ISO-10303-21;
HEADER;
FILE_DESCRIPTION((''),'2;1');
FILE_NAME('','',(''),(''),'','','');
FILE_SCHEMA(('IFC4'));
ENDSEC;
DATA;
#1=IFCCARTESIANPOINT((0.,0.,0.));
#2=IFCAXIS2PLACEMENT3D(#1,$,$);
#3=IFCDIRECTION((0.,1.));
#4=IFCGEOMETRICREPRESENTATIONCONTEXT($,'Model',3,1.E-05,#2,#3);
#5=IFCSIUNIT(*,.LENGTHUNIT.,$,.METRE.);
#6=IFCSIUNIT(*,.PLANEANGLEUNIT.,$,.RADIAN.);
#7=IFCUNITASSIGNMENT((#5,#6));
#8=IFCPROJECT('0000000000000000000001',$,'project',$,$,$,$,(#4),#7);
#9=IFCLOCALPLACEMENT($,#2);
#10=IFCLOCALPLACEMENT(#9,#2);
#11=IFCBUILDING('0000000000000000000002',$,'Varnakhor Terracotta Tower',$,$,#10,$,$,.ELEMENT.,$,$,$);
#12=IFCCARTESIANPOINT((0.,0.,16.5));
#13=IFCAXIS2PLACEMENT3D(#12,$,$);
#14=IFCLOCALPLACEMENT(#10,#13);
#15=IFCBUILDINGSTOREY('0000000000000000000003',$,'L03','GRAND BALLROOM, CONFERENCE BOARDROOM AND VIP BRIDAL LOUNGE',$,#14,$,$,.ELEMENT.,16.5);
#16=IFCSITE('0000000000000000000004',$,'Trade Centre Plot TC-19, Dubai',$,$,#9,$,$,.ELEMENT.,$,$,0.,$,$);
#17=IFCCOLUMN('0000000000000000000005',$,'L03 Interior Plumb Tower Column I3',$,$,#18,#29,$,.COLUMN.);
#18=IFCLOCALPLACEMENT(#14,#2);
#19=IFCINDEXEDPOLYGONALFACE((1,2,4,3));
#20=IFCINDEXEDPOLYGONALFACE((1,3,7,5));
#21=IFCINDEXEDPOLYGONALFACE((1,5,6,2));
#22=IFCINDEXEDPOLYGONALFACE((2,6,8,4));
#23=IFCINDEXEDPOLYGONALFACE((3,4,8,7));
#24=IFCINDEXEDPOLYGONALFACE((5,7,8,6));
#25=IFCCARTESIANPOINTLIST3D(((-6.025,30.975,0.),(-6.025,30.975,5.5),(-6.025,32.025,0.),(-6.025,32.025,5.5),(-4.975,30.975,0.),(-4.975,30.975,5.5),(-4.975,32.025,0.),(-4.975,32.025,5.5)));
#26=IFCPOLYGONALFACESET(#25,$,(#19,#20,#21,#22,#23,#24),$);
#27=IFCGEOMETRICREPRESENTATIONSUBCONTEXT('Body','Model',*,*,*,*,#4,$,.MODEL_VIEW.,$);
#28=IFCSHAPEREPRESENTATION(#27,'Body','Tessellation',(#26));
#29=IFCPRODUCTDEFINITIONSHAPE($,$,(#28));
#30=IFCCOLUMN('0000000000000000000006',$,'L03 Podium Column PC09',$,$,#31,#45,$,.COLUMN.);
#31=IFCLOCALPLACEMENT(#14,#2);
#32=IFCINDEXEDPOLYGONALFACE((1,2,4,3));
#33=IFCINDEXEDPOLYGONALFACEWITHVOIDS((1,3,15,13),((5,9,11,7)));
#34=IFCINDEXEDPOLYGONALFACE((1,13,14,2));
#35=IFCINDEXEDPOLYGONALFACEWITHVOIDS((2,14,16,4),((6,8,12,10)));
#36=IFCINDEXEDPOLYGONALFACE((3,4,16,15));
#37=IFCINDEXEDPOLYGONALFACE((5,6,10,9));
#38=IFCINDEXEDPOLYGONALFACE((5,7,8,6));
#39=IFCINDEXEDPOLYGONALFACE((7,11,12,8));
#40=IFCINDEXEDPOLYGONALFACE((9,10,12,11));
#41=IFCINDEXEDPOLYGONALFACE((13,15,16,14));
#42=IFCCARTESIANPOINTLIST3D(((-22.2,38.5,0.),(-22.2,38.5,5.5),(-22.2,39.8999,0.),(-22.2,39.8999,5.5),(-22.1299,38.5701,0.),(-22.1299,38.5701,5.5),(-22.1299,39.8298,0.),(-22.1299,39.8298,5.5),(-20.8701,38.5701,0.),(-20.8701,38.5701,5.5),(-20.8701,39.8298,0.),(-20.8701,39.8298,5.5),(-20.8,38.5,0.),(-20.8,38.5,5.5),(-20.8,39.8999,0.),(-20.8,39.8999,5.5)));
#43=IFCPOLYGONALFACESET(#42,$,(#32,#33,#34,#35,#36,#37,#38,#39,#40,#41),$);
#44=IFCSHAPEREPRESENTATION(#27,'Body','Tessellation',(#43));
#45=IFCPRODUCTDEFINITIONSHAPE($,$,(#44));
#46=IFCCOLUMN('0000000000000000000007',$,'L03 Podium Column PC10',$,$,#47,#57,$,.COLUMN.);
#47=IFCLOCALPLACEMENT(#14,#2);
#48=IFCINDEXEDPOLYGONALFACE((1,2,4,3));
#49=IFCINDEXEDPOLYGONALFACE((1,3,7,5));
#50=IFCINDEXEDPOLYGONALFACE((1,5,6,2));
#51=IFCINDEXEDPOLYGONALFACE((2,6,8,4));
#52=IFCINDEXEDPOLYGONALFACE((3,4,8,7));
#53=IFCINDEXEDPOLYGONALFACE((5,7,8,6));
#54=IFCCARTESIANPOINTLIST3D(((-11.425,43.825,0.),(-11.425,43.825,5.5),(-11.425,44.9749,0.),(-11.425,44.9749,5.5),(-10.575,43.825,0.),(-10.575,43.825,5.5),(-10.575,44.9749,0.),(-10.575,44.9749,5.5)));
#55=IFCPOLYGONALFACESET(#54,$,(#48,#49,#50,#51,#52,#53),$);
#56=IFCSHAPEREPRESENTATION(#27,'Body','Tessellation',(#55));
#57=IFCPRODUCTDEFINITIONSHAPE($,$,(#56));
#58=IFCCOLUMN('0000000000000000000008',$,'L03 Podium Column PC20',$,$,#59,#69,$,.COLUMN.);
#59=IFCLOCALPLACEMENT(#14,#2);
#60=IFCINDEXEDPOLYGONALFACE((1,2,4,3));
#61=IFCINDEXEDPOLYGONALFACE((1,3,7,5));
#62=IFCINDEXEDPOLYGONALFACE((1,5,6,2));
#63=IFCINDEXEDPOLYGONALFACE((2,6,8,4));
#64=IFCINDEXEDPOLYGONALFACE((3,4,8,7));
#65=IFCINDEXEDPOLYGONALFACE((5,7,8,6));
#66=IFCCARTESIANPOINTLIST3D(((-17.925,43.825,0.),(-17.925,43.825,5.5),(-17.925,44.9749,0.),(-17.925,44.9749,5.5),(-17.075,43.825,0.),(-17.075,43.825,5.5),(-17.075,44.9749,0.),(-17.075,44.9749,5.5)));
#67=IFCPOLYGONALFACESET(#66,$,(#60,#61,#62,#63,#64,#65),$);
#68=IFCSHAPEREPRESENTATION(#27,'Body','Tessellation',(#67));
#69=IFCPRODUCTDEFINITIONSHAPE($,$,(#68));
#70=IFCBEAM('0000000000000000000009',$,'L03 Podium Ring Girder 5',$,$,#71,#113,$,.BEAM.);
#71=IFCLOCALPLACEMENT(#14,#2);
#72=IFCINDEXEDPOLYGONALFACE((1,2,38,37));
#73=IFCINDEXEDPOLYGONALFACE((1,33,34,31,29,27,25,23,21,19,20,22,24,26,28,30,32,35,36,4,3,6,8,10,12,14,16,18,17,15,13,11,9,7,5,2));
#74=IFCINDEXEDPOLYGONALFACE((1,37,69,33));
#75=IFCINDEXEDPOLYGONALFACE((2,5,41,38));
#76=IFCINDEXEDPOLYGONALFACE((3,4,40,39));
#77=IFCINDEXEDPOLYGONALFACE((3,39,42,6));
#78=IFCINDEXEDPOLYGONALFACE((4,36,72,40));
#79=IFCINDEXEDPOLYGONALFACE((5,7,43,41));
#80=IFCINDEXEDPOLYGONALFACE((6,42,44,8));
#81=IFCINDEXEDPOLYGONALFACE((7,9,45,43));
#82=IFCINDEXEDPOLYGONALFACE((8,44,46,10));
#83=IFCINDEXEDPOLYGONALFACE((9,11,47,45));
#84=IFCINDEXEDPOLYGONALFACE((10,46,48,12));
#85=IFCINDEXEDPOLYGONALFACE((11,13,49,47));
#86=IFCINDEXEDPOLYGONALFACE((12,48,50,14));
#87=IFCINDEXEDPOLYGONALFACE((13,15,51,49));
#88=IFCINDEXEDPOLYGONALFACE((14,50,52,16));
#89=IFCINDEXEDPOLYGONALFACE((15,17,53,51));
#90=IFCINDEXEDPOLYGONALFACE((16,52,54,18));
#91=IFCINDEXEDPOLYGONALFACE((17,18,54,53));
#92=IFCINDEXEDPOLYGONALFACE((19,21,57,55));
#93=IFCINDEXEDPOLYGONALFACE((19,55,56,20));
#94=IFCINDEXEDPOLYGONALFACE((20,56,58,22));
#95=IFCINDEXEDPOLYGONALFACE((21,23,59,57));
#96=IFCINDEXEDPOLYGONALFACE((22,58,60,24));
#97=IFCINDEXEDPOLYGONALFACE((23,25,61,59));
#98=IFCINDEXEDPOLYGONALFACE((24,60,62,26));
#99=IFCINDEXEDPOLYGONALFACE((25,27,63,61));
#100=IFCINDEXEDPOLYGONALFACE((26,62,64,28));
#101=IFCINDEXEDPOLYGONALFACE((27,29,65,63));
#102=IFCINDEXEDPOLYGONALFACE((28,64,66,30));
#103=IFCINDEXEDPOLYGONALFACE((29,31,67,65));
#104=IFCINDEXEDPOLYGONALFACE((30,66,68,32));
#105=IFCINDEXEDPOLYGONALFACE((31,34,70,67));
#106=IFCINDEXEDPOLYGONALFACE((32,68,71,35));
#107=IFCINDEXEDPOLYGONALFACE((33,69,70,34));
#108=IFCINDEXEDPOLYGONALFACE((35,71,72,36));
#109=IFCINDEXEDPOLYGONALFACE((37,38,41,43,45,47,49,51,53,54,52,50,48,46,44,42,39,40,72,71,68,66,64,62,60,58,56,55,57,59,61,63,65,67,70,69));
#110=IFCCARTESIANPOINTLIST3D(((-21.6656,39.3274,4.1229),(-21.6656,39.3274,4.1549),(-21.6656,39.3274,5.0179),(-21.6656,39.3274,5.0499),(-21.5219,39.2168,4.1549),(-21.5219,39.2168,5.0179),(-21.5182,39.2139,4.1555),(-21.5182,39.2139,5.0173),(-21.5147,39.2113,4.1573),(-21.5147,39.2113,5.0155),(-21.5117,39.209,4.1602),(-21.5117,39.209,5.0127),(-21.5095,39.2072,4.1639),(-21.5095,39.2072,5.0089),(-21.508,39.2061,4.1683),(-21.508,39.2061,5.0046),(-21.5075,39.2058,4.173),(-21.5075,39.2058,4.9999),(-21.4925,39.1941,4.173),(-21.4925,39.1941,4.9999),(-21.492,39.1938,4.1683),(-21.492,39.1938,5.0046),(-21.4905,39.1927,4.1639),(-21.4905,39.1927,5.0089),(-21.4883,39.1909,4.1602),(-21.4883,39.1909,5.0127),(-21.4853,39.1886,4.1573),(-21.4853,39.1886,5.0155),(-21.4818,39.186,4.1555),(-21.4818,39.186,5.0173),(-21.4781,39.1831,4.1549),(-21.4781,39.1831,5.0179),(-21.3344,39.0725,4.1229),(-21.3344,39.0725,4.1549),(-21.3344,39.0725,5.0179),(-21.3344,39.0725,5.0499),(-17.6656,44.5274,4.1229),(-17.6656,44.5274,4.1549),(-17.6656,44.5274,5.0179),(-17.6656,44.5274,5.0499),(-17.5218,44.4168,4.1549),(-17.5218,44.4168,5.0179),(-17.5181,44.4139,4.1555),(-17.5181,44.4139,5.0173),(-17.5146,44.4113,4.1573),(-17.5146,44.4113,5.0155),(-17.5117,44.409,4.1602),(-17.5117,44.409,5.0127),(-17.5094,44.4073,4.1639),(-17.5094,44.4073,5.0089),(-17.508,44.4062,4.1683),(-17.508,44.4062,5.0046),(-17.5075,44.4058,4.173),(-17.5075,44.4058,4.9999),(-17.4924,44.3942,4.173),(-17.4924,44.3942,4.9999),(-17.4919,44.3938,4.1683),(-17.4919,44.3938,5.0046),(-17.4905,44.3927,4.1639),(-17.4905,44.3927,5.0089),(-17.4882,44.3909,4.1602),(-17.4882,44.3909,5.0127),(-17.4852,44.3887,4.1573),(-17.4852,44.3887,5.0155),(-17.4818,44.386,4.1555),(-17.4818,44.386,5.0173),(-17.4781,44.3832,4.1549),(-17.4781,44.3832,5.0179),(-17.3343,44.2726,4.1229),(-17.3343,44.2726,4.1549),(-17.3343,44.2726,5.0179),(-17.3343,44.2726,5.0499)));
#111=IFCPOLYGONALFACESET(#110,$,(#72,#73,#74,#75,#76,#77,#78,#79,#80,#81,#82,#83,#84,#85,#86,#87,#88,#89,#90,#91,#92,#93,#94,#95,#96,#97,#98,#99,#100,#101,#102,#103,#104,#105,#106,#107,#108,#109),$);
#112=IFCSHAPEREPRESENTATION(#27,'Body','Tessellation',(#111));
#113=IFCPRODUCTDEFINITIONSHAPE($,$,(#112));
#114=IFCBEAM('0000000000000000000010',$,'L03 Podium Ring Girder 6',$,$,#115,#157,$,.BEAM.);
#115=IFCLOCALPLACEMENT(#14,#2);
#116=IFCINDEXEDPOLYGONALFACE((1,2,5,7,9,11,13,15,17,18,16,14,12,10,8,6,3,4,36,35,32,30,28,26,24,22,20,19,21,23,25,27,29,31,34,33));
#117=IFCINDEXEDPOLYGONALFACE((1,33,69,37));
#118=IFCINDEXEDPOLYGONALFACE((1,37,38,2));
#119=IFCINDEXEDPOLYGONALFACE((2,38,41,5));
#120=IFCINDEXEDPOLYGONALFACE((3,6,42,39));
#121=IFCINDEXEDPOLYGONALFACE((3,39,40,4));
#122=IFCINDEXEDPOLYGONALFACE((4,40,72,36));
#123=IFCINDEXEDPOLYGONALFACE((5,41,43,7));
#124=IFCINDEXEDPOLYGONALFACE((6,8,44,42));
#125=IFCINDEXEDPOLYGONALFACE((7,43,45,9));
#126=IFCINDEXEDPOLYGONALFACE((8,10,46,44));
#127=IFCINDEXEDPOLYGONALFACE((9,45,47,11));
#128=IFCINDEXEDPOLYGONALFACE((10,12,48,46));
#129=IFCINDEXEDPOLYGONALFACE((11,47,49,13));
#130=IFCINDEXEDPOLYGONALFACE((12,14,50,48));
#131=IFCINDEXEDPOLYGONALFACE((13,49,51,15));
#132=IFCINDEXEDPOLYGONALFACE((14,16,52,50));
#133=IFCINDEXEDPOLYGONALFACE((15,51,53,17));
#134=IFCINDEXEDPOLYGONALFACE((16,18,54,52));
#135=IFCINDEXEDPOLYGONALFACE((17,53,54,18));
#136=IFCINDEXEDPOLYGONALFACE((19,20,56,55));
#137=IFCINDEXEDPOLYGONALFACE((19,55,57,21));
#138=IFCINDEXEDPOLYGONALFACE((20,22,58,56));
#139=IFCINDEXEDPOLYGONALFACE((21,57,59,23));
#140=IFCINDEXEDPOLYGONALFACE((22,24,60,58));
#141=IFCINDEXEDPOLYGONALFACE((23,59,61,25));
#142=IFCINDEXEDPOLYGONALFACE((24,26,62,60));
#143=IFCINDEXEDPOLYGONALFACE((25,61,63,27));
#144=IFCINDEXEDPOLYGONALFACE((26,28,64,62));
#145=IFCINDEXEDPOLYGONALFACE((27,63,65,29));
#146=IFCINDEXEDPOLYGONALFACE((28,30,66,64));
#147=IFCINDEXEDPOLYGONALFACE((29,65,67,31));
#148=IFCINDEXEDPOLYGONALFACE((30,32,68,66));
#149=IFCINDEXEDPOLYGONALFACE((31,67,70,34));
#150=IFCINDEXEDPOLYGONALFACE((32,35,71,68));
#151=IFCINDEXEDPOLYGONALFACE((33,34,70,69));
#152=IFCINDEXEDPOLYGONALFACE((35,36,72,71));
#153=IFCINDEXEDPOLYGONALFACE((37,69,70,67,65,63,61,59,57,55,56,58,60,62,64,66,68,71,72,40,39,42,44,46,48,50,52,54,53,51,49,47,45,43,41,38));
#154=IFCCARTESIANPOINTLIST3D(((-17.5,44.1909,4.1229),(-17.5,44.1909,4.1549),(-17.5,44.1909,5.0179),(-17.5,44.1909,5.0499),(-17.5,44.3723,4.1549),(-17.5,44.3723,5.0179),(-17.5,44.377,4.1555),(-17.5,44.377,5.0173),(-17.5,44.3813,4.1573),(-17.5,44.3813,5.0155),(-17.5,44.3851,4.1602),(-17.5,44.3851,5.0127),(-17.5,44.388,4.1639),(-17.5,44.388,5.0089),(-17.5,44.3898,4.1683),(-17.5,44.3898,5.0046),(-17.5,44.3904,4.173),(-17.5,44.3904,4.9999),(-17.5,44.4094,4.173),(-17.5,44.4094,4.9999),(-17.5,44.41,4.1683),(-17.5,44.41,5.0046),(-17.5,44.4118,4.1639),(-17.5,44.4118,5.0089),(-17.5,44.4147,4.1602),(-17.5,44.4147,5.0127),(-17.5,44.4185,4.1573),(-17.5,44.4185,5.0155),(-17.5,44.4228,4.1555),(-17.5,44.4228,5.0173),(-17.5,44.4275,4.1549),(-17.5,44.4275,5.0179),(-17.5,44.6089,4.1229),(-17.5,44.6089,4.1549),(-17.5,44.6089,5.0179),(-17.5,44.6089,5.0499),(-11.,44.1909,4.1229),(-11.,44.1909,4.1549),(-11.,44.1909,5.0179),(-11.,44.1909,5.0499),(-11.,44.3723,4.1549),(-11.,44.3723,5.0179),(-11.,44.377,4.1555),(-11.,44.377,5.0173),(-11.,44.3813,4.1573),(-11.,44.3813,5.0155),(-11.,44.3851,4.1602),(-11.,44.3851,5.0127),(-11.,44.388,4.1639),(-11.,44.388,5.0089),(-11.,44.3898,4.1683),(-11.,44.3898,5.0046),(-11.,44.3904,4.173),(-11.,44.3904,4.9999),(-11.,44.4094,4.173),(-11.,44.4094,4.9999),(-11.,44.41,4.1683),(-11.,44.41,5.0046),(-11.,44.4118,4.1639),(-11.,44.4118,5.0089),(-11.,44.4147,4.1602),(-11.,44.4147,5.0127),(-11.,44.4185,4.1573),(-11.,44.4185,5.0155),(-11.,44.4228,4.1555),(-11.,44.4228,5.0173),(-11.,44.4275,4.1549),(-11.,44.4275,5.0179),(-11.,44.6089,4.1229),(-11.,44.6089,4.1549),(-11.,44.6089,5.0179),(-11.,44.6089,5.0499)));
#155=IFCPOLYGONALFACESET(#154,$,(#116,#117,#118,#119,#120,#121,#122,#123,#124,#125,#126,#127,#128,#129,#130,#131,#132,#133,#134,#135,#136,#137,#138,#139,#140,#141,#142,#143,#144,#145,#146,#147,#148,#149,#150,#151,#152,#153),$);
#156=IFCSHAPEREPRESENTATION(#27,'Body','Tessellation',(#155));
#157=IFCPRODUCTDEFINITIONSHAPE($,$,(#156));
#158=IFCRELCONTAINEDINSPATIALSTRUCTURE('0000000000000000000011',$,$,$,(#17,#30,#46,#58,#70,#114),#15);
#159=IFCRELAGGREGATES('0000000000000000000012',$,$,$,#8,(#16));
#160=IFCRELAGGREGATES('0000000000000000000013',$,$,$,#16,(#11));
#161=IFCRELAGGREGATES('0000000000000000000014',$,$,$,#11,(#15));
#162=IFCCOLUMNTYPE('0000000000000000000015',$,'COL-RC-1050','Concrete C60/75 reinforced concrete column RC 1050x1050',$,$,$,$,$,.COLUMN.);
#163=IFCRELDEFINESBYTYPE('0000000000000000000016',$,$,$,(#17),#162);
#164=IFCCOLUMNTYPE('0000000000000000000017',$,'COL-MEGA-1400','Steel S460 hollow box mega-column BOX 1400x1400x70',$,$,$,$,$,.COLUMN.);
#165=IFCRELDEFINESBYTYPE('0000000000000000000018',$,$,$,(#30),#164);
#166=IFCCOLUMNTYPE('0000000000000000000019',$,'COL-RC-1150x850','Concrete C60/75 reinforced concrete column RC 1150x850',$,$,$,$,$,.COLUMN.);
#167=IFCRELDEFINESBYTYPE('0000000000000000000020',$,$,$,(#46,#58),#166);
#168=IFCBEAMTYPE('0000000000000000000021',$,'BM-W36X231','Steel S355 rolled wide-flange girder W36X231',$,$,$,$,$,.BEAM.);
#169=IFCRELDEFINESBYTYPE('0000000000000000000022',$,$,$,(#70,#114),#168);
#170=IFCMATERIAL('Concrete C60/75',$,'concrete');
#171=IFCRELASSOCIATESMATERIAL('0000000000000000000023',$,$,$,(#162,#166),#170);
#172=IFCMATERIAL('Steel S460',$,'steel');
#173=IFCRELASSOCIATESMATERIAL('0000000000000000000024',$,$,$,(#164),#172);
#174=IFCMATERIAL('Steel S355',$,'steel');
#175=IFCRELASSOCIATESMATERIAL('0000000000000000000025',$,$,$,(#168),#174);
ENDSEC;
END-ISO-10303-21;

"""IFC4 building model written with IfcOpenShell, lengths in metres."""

from ifc_helpers import new_model, si_unit, direction, frame, origin, origin_2d, place, context, subcontext, project, spatial, rectangle, hollow_rectangle, i_section, extrude, source, transform, mapped, material, material_profile, profile_set, type_object, type_shapes, element, save


model = new_model("IFC4")

# Units and contexts
model_context = context("Model", 3, precision=1e-05, world=origin(), true_north=direction((0.0, 1.0)))
body_context = subcontext(model_context, "Body", "Model", "MODEL_VIEW")
ifc_project = project(units=[si_unit("LENGTHUNIT", "METRE"), si_unit("PLANEANGLEUNIT", "RADIAN")], contexts=[model_context])

# Site, building, storey
site_placement = place(None, origin())
site = spatial("IfcSite", under=ifc_project, at=site_placement, Name="Trade Centre Plot TC-19, Dubai", CompositionType="ELEMENT", RefElevation=0.0)
building_placement = place(site_placement, origin())
building = spatial("IfcBuilding", under=site, at=building_placement, Name="Varnakhor Terracotta Tower", CompositionType="ELEMENT")
storey_placement = place(building_placement, frame((0.0, 0.0, 16.5)))
storey = spatial("IfcBuildingStorey", under=building, at=storey_placement, Name="L03", Description="GRAND BALLROOM, CONFERENCE BOARDROOM AND VIP BRIDAL LOUNGE", CompositionType="ELEMENT", Elevation=16.5)

# Columns
ifc_material_1 = material(Name="Concrete C60/75", Category="concrete")
ifc_material_profile_1 = material_profile(ifc_material_1, rectangle(XDim=1.05, YDim=1.05, at=origin_2d()), Name="RC 1050x1050")
ifc_profile_set_1 = profile_set([ifc_material_profile_1], Name="Concrete C60/75")
column_type_1 = type_object("IfcColumnType", Name="COL-RC-1050", Description="Concrete C60/75 reinforced concrete column RC 1050x1050", PredefinedType="COLUMN", material=ifc_profile_set_1)
shared_shape_1 = source(origin(), body_context, "Body", "SweptSolid", [
    extrude(rectangle(XDim=1.05, YDim=1.05, at=origin_2d()), origin(), (0.0, 0.0, 1.0), 5.5),
])
type_shapes(column_type_1, [shared_shape_1])
column_1_placement = place(storey_placement, frame((-5.5, 31.5, 0.0), z_axis=(0.0, 0.0, 1.0), x_axis=(1.0, 0.0, 0.0)))
element("IfcColumn", 1, at=column_1_placement, inside=storey, type_object=column_type_1, Name="L03 Interior Plumb Tower Column I3", PredefinedType="COLUMN", context=body_context, shape_type="MappedRepresentation", body=[
    mapped(shared_shape_1, transform((0.0, 0.0, 0.0), scale=1.0)),
])
ifc_material_2 = material(Name="Steel S460", Category="steel")
ifc_material_profile_2 = material_profile(ifc_material_2, hollow_rectangle(XDim=1.3999, YDim=1.3999, WallThickness=0.0701, at=origin_2d()), Name="BOX 1400x1400x70")
ifc_profile_set_2 = profile_set([ifc_material_profile_2], Name="Steel S460")
column_type_2 = type_object("IfcColumnType", Name="COL-MEGA-1400", Description="Steel S460 hollow box mega-column BOX 1400x1400x70", PredefinedType="COLUMN", material=ifc_profile_set_2)
shared_shape_2 = source(origin(), body_context, "Body", "SweptSolid", [
    extrude(hollow_rectangle(XDim=1.3999, YDim=1.3999, WallThickness=0.0701, at=origin_2d()), origin(), (0.0, 0.0, 1.0), 5.5),
])
column_2_placement = place(storey_placement, frame((-21.5, 39.2, 0.0), z_axis=(0.0, 0.0, 1.0), x_axis=(1.0, 0.0, 0.0)))
element("IfcColumn", 2, at=column_2_placement, inside=storey, type_object=column_type_2, Name="L03 Podium Column PC09", PredefinedType="COLUMN", context=body_context, shape_type="MappedRepresentation", body=[
    mapped(shared_shape_2, transform((0.0, 0.0, 0.0), scale=1.0)),
])
ifc_material_profile_3 = material_profile(ifc_material_1, rectangle(XDim=0.8501, YDim=1.1499, at=origin_2d()), Name="RC 1150x850")
ifc_profile_set_3 = profile_set([ifc_material_profile_3], Name="Concrete C60/75")
column_type_3 = type_object("IfcColumnType", Name="COL-RC-1150x850", Description="Concrete C60/75 reinforced concrete column RC 1150x850", PredefinedType="COLUMN", material=ifc_profile_set_3)
shared_shape_3 = source(origin(), body_context, "Body", "SweptSolid", [
    extrude(rectangle(XDim=0.8501, YDim=1.1499, at=origin_2d()), origin(), (0.0, 0.0, 1.0), 5.5),
])
for number, where, z_axis, x_axis, name in (
    (3, (-11.0, 44.3999, 0.0), (0.0, 0.0, 1.0), (1.0, 0.0, 0.0), "L03 Podium Column PC10"),
    (4, (-17.5, 44.3999, 0.0), (0.0, 0.0, 1.0), (1.0, 0.0, 0.0), "L03 Podium Column PC20"),
):
    element("IfcColumn", number, at=place(storey_placement, frame(where, z_axis=z_axis, x_axis=x_axis)), inside=storey, type_object=column_type_3, Name=name, PredefinedType="COLUMN", context=body_context, shape_type="MappedRepresentation", body=[
        mapped(shared_shape_3, transform((0.0, 0.0, 0.0), scale=1.0)),
    ])

# Beams
ifc_material_3 = material(Name="Steel S355", Category="steel")
ifc_material_profile_4 = material_profile(ifc_material_3, i_section(OverallWidth=0.418, OverallDepth=0.927, WebThickness=0.019, FlangeThickness=0.032, FilletRadius=0.0181, at=origin_2d()), Name="W36X231")
ifc_profile_set_4 = profile_set([ifc_material_profile_4], Name="Steel S355")
beam_type_1 = type_object("IfcBeamType", Name="BM-W36X231", Description="Steel S355 rolled wide-flange girder W36X231", PredefinedType="BEAM", material=ifc_profile_set_4)
shared_shape_4 = source(origin(), body_context, "Body", "SweptSolid", [
    extrude(i_section(OverallWidth=0.418, OverallDepth=0.927, WebThickness=0.019, FlangeThickness=0.032, FilletRadius=0.0181, at=origin_2d()), origin(), (0.0, 0.0, 1.0), 6.5605),
])
beam_1_placement = place(storey_placement, frame((-21.5, 39.2, 4.5864), z_axis=(0.609714, 0.792621, 0.0), x_axis=(-0.792621, 0.609714, 0.0)))
element("IfcBeam", 5, at=beam_1_placement, inside=storey, type_object=beam_type_1, Name="L03 Podium Ring Girder 5", PredefinedType="BEAM", context=body_context, shape_type="MappedRepresentation", body=[
    mapped(shared_shape_4, transform((0.0, 0.0, 0.0), scale=1.0)),
])
shared_shape_5 = source(origin(), body_context, "Body", "SweptSolid", [
    extrude(i_section(OverallWidth=0.418, OverallDepth=0.927, WebThickness=0.019, FlangeThickness=0.032, FilletRadius=0.0181, at=origin_2d()), origin(), (0.0, 0.0, 1.0), 6.5),
])
beam_2_placement = place(storey_placement, frame((-17.5, 44.3999, 4.5864), z_axis=(1.0, 0.0, 0.0), x_axis=(0.0, 1.0, 0.0)))
element("IfcBeam", 6, at=beam_2_placement, inside=storey, type_object=beam_type_1, Name="L03 Podium Ring Girder 6", PredefinedType="BEAM", context=body_context, shape_type="MappedRepresentation", body=[
    mapped(shared_shape_5, transform((0.0, 0.0, 0.0), scale=1.0)),
])

save(model, "model.ifc")
